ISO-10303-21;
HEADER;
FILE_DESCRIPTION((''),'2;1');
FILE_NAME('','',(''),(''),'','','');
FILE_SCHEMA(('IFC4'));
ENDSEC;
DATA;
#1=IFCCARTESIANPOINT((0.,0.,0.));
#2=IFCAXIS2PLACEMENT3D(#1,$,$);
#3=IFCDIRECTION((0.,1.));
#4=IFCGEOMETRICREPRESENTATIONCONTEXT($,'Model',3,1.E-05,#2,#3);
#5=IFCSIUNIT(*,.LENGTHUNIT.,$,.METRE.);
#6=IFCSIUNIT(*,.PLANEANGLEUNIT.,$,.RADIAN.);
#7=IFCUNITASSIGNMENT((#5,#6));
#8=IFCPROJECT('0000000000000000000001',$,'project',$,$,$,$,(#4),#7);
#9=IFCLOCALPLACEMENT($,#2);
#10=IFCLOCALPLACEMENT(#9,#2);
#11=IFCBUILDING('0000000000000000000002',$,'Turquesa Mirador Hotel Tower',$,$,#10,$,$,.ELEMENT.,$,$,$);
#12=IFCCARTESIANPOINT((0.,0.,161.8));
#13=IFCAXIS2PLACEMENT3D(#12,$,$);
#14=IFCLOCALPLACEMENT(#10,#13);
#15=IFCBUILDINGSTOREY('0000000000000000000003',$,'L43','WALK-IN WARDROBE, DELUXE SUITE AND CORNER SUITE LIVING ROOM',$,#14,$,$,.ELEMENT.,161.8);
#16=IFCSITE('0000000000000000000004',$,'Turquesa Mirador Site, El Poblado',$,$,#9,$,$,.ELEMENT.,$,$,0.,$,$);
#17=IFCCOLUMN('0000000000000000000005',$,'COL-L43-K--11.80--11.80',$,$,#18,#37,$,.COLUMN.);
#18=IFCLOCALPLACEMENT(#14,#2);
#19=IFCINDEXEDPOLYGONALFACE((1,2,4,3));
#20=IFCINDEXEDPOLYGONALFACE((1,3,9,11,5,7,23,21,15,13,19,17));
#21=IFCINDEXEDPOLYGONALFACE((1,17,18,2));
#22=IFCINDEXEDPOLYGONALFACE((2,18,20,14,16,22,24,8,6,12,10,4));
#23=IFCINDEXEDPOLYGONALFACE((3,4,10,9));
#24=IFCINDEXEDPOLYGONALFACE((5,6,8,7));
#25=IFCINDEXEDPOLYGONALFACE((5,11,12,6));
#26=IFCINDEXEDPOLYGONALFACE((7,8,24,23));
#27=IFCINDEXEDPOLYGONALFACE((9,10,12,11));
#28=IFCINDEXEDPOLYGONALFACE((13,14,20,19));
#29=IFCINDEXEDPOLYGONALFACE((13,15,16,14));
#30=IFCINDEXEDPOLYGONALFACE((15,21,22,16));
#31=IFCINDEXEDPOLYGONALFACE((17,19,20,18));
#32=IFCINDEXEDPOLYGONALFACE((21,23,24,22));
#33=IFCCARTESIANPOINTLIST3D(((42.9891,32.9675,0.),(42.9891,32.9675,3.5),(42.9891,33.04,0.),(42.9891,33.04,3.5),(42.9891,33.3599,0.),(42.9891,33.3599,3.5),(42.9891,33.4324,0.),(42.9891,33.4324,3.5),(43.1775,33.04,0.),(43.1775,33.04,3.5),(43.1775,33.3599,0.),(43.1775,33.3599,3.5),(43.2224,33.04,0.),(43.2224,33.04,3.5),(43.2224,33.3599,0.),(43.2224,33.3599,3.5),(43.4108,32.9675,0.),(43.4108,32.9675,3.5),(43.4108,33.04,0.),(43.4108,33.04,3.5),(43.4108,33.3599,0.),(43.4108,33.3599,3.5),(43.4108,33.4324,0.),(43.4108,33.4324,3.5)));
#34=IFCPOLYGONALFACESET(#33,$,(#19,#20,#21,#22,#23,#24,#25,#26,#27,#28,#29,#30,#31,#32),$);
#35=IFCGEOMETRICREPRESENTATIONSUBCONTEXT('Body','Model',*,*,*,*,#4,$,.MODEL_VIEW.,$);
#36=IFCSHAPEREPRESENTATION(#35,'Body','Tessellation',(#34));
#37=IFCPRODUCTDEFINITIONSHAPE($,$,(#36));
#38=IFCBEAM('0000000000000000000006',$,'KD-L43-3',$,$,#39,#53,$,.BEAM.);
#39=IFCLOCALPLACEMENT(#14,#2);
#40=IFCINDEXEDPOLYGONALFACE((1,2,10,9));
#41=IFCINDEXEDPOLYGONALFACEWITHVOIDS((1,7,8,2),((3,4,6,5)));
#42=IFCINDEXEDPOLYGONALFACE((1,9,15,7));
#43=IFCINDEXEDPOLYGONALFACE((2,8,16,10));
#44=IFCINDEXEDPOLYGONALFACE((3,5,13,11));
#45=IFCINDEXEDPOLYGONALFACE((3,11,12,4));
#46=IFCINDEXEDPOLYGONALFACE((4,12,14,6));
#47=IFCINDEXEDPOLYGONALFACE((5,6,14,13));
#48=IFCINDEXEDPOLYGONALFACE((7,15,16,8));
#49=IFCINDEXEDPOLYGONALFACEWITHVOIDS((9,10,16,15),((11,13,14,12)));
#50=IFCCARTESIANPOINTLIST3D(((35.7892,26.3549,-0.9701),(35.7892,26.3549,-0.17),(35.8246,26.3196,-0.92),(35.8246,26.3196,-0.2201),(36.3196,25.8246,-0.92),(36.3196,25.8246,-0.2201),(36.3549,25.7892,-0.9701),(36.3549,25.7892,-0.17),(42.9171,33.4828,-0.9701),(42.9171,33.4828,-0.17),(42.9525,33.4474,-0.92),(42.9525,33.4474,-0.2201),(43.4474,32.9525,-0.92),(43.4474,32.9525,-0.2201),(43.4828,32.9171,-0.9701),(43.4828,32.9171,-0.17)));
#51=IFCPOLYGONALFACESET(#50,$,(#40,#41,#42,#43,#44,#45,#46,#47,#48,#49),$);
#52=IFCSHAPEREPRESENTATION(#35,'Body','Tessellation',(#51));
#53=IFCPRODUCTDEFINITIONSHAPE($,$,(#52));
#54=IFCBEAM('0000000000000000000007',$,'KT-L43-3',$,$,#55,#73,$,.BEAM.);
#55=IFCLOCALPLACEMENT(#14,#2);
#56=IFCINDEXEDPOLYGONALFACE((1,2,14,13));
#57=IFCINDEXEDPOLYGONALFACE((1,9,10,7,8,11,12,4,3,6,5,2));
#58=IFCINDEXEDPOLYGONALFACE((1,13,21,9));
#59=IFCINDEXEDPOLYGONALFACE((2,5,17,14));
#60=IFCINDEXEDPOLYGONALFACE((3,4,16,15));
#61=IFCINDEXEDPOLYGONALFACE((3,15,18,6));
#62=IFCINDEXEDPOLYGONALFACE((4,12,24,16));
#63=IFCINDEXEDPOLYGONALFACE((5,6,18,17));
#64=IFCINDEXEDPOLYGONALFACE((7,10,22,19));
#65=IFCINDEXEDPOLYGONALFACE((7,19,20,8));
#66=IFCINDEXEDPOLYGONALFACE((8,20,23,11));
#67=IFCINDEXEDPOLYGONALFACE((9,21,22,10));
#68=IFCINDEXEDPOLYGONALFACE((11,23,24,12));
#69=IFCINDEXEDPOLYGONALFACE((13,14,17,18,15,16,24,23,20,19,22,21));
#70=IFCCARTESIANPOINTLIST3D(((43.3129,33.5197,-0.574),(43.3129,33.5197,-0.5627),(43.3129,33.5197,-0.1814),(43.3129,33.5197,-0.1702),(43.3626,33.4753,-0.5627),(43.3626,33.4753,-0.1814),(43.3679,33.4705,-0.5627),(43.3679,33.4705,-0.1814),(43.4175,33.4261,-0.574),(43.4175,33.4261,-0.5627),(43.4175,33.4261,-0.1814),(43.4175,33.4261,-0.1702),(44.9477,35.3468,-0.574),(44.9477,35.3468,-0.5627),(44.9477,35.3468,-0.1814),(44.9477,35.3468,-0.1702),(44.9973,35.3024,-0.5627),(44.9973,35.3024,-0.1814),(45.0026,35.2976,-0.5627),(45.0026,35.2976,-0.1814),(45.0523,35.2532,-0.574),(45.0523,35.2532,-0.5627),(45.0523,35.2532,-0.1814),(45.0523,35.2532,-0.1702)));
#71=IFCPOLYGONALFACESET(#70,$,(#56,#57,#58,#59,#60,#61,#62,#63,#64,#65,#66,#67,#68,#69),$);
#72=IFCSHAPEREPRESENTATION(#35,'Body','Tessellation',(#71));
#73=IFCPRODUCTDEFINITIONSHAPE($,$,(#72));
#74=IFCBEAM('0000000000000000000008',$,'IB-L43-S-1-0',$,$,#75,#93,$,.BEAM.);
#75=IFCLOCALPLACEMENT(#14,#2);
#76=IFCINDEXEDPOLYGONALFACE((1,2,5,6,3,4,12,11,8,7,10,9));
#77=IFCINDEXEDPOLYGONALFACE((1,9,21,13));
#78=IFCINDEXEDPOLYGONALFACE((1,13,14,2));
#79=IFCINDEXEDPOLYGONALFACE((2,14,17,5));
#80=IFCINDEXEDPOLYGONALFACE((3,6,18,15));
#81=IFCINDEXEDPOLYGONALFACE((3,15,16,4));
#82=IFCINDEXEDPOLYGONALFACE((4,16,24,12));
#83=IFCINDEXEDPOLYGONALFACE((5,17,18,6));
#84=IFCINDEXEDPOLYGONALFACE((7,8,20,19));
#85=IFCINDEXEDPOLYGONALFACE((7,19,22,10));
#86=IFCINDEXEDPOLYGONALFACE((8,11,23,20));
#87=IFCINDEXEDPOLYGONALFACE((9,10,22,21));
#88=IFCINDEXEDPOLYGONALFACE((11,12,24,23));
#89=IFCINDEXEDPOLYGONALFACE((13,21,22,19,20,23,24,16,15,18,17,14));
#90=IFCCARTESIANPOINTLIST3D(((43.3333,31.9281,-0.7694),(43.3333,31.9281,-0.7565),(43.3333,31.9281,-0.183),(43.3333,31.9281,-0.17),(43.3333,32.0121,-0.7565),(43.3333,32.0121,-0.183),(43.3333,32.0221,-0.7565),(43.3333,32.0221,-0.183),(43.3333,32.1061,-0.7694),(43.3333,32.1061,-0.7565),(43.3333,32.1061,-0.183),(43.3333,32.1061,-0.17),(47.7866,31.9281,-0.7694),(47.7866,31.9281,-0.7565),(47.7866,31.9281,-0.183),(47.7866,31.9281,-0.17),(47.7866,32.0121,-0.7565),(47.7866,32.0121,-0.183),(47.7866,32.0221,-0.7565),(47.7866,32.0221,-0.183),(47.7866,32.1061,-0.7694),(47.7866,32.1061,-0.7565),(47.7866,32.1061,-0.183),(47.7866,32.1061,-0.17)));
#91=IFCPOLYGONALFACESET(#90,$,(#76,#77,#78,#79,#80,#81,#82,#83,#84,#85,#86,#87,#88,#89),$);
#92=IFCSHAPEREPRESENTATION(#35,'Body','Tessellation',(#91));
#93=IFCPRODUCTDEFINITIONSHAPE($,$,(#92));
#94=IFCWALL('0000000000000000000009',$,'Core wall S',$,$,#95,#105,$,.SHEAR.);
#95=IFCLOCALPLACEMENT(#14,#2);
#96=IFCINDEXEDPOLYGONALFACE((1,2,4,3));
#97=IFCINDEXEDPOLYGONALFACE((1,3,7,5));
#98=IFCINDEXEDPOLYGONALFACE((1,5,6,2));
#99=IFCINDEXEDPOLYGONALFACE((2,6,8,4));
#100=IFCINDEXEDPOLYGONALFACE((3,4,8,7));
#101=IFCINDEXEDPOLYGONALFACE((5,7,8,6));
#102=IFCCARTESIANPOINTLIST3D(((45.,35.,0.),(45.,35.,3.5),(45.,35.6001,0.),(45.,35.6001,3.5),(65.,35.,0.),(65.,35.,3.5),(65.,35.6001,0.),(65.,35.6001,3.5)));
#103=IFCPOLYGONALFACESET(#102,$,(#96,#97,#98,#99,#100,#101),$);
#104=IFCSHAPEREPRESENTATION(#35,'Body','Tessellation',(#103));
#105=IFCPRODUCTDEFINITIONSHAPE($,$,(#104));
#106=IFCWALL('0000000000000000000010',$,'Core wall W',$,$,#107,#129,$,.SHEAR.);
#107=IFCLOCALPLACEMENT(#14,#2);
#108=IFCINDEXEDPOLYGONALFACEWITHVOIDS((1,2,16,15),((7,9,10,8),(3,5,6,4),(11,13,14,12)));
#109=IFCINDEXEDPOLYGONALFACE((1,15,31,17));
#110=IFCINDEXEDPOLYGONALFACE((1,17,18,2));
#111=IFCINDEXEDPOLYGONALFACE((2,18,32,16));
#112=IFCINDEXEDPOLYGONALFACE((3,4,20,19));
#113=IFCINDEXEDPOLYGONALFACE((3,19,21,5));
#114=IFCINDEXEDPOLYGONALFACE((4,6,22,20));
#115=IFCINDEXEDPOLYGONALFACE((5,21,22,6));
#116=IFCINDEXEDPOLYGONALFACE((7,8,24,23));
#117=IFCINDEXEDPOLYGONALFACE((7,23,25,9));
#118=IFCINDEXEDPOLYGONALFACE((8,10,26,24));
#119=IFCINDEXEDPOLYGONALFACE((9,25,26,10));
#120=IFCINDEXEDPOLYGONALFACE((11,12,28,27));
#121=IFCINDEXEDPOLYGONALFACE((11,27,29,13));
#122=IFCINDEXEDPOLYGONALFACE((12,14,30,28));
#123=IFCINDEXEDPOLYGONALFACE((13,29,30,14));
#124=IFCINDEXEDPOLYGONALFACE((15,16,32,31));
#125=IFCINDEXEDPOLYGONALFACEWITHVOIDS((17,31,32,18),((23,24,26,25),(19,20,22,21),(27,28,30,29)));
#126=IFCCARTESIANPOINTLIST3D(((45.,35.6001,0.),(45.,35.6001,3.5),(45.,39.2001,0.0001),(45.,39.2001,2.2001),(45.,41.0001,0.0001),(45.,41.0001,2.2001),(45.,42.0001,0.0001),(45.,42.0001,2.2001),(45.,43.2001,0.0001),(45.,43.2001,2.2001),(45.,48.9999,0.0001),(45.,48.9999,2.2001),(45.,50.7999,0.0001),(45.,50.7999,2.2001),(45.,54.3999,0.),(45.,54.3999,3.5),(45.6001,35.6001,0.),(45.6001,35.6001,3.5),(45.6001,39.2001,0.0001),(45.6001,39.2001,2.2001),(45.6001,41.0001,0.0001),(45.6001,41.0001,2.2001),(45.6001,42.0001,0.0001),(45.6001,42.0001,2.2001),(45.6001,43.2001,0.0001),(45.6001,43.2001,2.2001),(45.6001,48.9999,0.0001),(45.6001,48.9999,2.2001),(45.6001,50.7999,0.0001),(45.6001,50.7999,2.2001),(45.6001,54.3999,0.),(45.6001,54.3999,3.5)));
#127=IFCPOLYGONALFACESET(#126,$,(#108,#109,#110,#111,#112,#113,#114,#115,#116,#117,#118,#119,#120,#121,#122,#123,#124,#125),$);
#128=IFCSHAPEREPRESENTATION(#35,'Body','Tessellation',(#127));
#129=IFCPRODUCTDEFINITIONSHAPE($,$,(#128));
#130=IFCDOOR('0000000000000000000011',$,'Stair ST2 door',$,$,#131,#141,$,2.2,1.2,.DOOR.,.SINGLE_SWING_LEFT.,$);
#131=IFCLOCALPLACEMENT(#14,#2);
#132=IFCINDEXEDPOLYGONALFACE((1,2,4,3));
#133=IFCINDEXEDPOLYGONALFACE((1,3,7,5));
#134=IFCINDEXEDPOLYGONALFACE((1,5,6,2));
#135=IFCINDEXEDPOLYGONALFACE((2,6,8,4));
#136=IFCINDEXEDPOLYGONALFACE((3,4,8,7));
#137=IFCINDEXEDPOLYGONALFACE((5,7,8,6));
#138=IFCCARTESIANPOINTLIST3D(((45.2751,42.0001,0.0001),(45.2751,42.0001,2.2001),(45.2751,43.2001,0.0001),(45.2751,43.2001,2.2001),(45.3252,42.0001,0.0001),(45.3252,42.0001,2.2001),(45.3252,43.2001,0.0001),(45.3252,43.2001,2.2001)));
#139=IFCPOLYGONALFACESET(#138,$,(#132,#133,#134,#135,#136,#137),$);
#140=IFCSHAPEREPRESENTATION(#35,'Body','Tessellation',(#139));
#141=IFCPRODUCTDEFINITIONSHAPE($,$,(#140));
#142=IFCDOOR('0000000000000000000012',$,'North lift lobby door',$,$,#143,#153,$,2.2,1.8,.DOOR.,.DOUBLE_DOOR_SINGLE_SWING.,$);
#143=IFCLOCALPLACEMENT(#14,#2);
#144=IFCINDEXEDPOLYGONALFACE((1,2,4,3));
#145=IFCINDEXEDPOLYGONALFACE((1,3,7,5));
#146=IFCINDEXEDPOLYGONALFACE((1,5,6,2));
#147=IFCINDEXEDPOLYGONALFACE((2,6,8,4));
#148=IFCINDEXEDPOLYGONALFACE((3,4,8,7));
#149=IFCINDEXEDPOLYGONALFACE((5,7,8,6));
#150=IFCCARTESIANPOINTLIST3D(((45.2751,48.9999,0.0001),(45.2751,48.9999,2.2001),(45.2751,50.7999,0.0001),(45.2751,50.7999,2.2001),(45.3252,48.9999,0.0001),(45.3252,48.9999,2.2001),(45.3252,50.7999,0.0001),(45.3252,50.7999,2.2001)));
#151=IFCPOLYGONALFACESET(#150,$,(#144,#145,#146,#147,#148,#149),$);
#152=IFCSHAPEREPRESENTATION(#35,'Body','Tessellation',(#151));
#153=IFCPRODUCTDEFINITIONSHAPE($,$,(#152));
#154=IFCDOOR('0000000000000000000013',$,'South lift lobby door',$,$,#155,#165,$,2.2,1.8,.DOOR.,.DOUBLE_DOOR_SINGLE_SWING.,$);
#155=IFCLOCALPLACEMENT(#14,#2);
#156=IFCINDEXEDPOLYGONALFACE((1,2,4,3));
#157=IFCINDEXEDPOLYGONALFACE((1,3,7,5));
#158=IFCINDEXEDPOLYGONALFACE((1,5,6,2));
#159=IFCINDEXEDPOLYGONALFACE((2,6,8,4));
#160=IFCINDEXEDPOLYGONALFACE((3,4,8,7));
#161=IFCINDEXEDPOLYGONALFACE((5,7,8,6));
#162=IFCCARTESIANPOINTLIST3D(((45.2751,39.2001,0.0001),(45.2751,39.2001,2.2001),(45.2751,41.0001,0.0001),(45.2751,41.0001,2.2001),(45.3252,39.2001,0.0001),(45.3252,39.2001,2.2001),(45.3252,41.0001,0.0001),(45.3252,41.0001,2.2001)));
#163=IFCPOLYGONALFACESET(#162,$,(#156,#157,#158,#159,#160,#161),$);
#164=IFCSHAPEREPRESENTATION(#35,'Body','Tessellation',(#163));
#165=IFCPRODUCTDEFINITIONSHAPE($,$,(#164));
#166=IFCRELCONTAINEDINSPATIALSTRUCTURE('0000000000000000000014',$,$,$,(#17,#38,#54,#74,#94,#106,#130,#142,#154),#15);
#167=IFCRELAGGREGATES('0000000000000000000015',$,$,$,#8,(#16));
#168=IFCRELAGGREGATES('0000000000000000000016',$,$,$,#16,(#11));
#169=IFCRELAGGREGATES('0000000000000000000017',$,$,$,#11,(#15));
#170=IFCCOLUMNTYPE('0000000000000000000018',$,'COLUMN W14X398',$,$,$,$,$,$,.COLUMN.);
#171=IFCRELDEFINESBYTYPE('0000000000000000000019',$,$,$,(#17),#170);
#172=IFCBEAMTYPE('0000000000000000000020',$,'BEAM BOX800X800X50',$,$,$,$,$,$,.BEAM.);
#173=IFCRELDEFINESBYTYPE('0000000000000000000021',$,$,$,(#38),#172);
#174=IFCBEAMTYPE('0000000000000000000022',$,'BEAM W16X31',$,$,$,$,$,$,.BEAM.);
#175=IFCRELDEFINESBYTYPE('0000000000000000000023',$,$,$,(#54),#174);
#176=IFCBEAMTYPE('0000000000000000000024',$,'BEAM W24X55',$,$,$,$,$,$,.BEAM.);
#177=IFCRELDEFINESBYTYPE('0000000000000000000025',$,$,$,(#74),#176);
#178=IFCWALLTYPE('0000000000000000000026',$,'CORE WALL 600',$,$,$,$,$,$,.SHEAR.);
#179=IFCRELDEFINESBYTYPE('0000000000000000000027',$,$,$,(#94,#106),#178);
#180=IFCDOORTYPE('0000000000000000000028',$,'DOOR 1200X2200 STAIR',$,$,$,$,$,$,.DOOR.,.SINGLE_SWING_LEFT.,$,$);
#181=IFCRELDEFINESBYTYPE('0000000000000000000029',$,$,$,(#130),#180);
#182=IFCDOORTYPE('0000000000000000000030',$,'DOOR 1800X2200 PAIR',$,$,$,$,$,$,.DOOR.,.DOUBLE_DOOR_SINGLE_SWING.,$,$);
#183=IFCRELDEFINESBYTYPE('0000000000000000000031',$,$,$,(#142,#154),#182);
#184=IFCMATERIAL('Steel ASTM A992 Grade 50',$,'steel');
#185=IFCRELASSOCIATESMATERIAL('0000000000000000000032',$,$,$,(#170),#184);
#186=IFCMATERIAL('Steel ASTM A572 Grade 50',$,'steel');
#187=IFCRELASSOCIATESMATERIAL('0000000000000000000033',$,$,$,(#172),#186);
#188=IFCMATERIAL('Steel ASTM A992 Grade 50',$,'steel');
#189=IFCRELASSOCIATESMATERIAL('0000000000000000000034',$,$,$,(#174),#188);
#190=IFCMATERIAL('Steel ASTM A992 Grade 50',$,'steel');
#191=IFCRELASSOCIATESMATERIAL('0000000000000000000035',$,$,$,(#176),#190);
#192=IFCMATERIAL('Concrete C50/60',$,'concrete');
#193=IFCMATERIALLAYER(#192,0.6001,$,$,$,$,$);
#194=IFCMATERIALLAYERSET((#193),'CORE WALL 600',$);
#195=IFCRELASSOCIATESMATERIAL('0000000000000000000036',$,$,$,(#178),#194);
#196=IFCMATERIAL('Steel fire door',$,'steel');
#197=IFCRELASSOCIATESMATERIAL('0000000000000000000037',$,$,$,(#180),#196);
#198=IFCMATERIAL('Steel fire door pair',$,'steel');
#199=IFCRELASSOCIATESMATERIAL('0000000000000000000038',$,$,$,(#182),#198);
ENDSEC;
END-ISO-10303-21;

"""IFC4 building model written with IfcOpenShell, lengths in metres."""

from ifc_helpers import new_model, si_unit, direction, frame, frame_2d, origin, origin_2d, place, context, subcontext, project, spatial, rectangle, hollow_rectangle, i_section, extrude, material, layer, layer_set, material_profile, profile_set, type_object, element, fill, save


model = new_model("IFC4")

# Units and contexts
model_context = context("Model", 3, precision=1e-05, world=origin(), true_north=direction((0.0, 1.0)))
body_context = subcontext(model_context, "Body", "Model", "MODEL_VIEW")
ifc_project = project(units=[si_unit("LENGTHUNIT", "METRE"), si_unit("PLANEANGLEUNIT", "RADIAN")], contexts=[model_context])

# Site, building, storey
site_placement = place(None, origin())
site = spatial("IfcSite", under=ifc_project, at=site_placement, Name="Turquesa Mirador Site, El Poblado", CompositionType="ELEMENT", RefElevation=0.0)
building_placement = place(site_placement, origin())
building = spatial("IfcBuilding", under=site, at=building_placement, Name="Turquesa Mirador Hotel Tower", CompositionType="ELEMENT")
storey_placement = place(building_placement, frame((0.0, 0.0, 161.8)))
storey = spatial("IfcBuildingStorey", under=building, at=storey_placement, Name="L43", Description="WALK-IN WARDROBE, DELUXE SUITE AND CORNER SUITE LIVING ROOM", CompositionType="ELEMENT", Elevation=161.8)

# Column
ifc_material_1 = material(Name="Steel ASTM A992 Grade 50", Category="steel")
ifc_material_profile_1 = material_profile(ifc_material_1, i_section(OverallWidth=0.4216, OverallDepth=0.4648, WebThickness=0.0449, FlangeThickness=0.0725, at=origin_2d()), Name="W14X398")
ifc_profile_set_1 = profile_set([ifc_material_profile_1], Name="Steel ASTM A992 Grade 50")
column_type = type_object("IfcColumnType", Name="COLUMN W14X398", PredefinedType="COLUMN", material=ifc_profile_set_1)
column_placement = place(storey_placement, frame((43.2, 33.2, 0.0), z_axis=(0.0, 0.0, 1.0), x_axis=(1.0, 0.0, 0.0)))
element("IfcColumn", 1, at=column_placement, inside=storey, type_object=column_type, Name="COL-L43-K--11.80--11.80", PredefinedType="COLUMN", context=body_context, shape_type="SweptSolid", body=[
    extrude(i_section(OverallWidth=0.4216, OverallDepth=0.4648, WebThickness=0.0449, FlangeThickness=0.0725, at=origin_2d()), origin(), (0.0, 0.0, 1.0), 3.5),
])

# Beams
ifc_material_2 = material(Name="Steel ASTM A572 Grade 50", Category="steel")
ifc_material_profile_2 = material_profile(ifc_material_2, hollow_rectangle(XDim=0.8, YDim=0.8, WallThickness=0.05, at=origin_2d()), Name="BOX800X800X50")
ifc_profile_set_2 = profile_set([ifc_material_profile_2], Name="Steel ASTM A572 Grade 50")
beam_type_1 = type_object("IfcBeamType", Name="BEAM BOX800X800X50", PredefinedType="BEAM", material=ifc_profile_set_2)
beam_1_placement = place(storey_placement, frame((43.2, 33.2, -0.5701), z_axis=(-0.707107, -0.707107, 0.0), x_axis=(0.707107, -0.707107, 0.0)))
element("IfcBeam", 2, at=beam_1_placement, inside=storey, type_object=beam_type_1, Name="KD-L43-3", PredefinedType="BEAM", context=body_context, shape_type="SweptSolid", body=[
    extrude(hollow_rectangle(XDim=0.8, YDim=0.8, WallThickness=0.05, at=origin_2d()), origin(), (0.0, 0.0, 1.0), 10.0803),
])
ifc_material_3 = material(Name="Steel ASTM A992 Grade 50", Category="steel")
ifc_material_profile_3 = material_profile(ifc_material_3, i_section(OverallWidth=0.1404, OverallDepth=0.4038, WebThickness=0.0071, FlangeThickness=0.0112, at=origin_2d()), Name="W16X31")
ifc_profile_set_3 = profile_set([ifc_material_profile_3], Name="Steel ASTM A992 Grade 50")
beam_type_2 = type_object("IfcBeamType", Name="BEAM W16X31", PredefinedType="BEAM", material=ifc_profile_set_3)
beam_2_placement = place(storey_placement, frame((43.3652, 33.4729, -0.3721), z_axis=(0.666783, 0.745252, 0.0), x_axis=(-0.745252, 0.666783, 0.0)))
element("IfcBeam", 3, at=beam_2_placement, inside=storey, type_object=beam_type_2, Name="KT-L43-3", PredefinedType="BEAM", context=body_context, shape_type="SweptSolid", body=[
    extrude(i_section(OverallWidth=0.1404, OverallDepth=0.4038, WebThickness=0.0071, FlangeThickness=0.0112, at=origin_2d()), origin(), (0.0, 0.0, 1.0), 2.4517),
])
ifc_material_4 = material(Name="Steel ASTM A992 Grade 50", Category="steel")
ifc_material_profile_4 = material_profile(ifc_material_4, i_section(OverallWidth=0.178, OverallDepth=0.5994, WebThickness=0.01, FlangeThickness=0.0129, at=origin_2d()), Name="W24X55")
ifc_profile_set_4 = profile_set([ifc_material_profile_4], Name="Steel ASTM A992 Grade 50")
beam_type_3 = type_object("IfcBeamType", Name="BEAM W24X55", PredefinedType="BEAM", material=ifc_profile_set_4)
beam_3_placement = place(storey_placement, frame((43.3333, 32.0171, -0.4697), z_axis=(1.0, 0.0, 0.0), x_axis=(0.0, 1.0, 0.0)))
element("IfcBeam", 4, at=beam_3_placement, inside=storey, type_object=beam_type_3, Name="IB-L43-S-1-0", PredefinedType="BEAM", context=body_context, shape_type="SweptSolid", body=[
    extrude(i_section(OverallWidth=0.178, OverallDepth=0.5994, WebThickness=0.01, FlangeThickness=0.0129, at=origin_2d()), origin(), (0.0, 0.0, 1.0), 4.4534),
])

# Wall
ifc_material_5 = material(Name="Concrete C50/60", Category="concrete")
ifc_layer_1 = layer(ifc_material_5, 0.6001)
ifc_layer_set_1 = layer_set([ifc_layer_1], Name="CORE WALL 600")
wall_type_1 = type_object("IfcWallType", Name="CORE WALL 600", PredefinedType="SHEAR", material=ifc_layer_set_1)
wall_1_placement = place(storey_placement, frame((45.0, 35.3, 0.0), z_axis=(0.0, 0.0, 1.0), x_axis=(1.0, 0.0, 0.0)))
element("IfcWall", 5, at=wall_1_placement, inside=storey, type_object=wall_type_1, Name="Core wall S", PredefinedType="SHEAR", context=body_context, shape_type="SweptSolid", body=[
    extrude(rectangle(XDim=20.0, YDim=0.6001, at=frame_2d((10.0, 0.0))), origin(), (0.0, 0.0, 1.0), 3.5),
])

# Wall, openings, doors
wall_2_placement = place(storey_placement, frame((45.3, 35.6001, 0.0), z_axis=(0.0, 0.0, 1.0), x_axis=(0.0, 1.0, 0.0)))
wall_2 = element("IfcWall", 6, at=wall_2_placement, inside=storey, type_object=wall_type_1, Name="Core wall W", PredefinedType="SHEAR", context=body_context, shape_type="SweptSolid", body=[
    extrude(rectangle(XDim=18.7998, YDim=0.6001, at=frame_2d((9.3999, 0.0))), origin(), (0.0, 0.0, 1.0), 3.5),
])
opening_1_placement = place(wall_2_placement, frame((13.3999, 0.0, 0.0)))
opening_1 = element("IfcOpeningElement", 7, at=opening_1_placement, cuts=wall_2, PredefinedType="OPENING", context=body_context, shape_type="SweptSolid", body=[
    extrude(rectangle(XDim=1.8, YDim=2.2, at=frame_2d((0.8999, 1.1001))), frame((0.0, 0.3101, 0.0), z_axis=(0.0, -1.0, 0.0), x_axis=(1.0, 0.0, 0.0)), (0.0, 0.0, 1.0), 0.6201),
])
opening_2_placement = place(wall_2_placement, frame((3.6001, 0.0, 0.0)))
opening_2 = element("IfcOpeningElement", 8, at=opening_2_placement, cuts=wall_2, PredefinedType="OPENING", context=body_context, shape_type="SweptSolid", body=[
    extrude(rectangle(XDim=1.8, YDim=2.2, at=frame_2d((0.8999, 1.1001))), frame((0.0, 0.3101, 0.0), z_axis=(0.0, -1.0, 0.0), x_axis=(1.0, 0.0, 0.0)), (0.0, 0.0, 1.0), 0.6201),
])
opening_3_placement = place(wall_2_placement, frame((6.3999, 0.0, 0.0)))
opening_3 = element("IfcOpeningElement", 9, at=opening_3_placement, cuts=wall_2, PredefinedType="OPENING", context=body_context, shape_type="SweptSolid", body=[
    extrude(rectangle(XDim=1.2, YDim=2.2, at=frame_2d((0.6001, 1.1001))), frame((0.0, 0.3101, 0.0), z_axis=(0.0, -1.0, 0.0), x_axis=(1.0, 0.0, 0.0)), (0.0, 0.0, 1.0), 0.6201),
])
ifc_material_6 = material(Name="Steel fire door", Category="steel")
door_type_1 = type_object("IfcDoorType", Name="DOOR 1200X2200 STAIR", OperationType="SINGLE_SWING_LEFT", PredefinedType="DOOR", material=ifc_material_6)
door_1_placement = place(opening_3_placement, origin())
door_1 = element("IfcDoor", 10, at=door_1_placement, inside=storey, type_object=door_type_1, Name="Stair ST2 door", OperationType="SINGLE_SWING_LEFT", OverallHeight=2.2, OverallWidth=1.2, PredefinedType="DOOR", context=body_context, shape_type="SweptSolid", body=[
    extrude(rectangle(XDim=1.2, YDim=2.2, at=frame_2d((0.6001, 1.1001))), frame((0.0, 0.0249, 0.0), z_axis=(0.0, -1.0, 0.0), x_axis=(1.0, 0.0, 0.0)), (0.0, 0.0, 1.0), 0.05),
])
fill(opening_3, door_1)
ifc_material_7 = material(Name="Steel fire door pair", Category="steel")
door_type_2 = type_object("IfcDoorType", Name="DOOR 1800X2200 PAIR", OperationType="DOUBLE_DOOR_SINGLE_SWING", PredefinedType="DOOR", material=ifc_material_7)
door_2_placement = place(opening_1_placement, origin())
door_2 = element("IfcDoor", 11, at=door_2_placement, inside=storey, type_object=door_type_2, Name="North lift lobby door", OperationType="DOUBLE_DOOR_SINGLE_SWING", OverallHeight=2.2, OverallWidth=1.8, PredefinedType="DOOR", context=body_context, shape_type="SweptSolid", body=[
    extrude(rectangle(XDim=1.8, YDim=2.2, at=frame_2d((0.8999, 1.1001))), frame((0.0, 0.0249, 0.0), z_axis=(0.0, -1.0, 0.0), x_axis=(1.0, 0.0, 0.0)), (0.0, 0.0, 1.0), 0.05),
])
fill(opening_1, door_2)
door_3_placement = place(opening_2_placement, origin())
door_3 = element("IfcDoor", 12, at=door_3_placement, inside=storey, type_object=door_type_2, Name="South lift lobby door", OperationType="DOUBLE_DOOR_SINGLE_SWING", OverallHeight=2.2, OverallWidth=1.8, PredefinedType="DOOR", context=body_context, shape_type="SweptSolid", body=[
    extrude(rectangle(XDim=1.8, YDim=2.2, at=frame_2d((0.8999, 1.1001))), frame((0.0, 0.0249, 0.0), z_axis=(0.0, -1.0, 0.0), x_axis=(1.0, 0.0, 0.0)), (0.0, 0.0, 1.0), 0.05),
])
fill(opening_2, door_3)

save(model, "model.ifc")
